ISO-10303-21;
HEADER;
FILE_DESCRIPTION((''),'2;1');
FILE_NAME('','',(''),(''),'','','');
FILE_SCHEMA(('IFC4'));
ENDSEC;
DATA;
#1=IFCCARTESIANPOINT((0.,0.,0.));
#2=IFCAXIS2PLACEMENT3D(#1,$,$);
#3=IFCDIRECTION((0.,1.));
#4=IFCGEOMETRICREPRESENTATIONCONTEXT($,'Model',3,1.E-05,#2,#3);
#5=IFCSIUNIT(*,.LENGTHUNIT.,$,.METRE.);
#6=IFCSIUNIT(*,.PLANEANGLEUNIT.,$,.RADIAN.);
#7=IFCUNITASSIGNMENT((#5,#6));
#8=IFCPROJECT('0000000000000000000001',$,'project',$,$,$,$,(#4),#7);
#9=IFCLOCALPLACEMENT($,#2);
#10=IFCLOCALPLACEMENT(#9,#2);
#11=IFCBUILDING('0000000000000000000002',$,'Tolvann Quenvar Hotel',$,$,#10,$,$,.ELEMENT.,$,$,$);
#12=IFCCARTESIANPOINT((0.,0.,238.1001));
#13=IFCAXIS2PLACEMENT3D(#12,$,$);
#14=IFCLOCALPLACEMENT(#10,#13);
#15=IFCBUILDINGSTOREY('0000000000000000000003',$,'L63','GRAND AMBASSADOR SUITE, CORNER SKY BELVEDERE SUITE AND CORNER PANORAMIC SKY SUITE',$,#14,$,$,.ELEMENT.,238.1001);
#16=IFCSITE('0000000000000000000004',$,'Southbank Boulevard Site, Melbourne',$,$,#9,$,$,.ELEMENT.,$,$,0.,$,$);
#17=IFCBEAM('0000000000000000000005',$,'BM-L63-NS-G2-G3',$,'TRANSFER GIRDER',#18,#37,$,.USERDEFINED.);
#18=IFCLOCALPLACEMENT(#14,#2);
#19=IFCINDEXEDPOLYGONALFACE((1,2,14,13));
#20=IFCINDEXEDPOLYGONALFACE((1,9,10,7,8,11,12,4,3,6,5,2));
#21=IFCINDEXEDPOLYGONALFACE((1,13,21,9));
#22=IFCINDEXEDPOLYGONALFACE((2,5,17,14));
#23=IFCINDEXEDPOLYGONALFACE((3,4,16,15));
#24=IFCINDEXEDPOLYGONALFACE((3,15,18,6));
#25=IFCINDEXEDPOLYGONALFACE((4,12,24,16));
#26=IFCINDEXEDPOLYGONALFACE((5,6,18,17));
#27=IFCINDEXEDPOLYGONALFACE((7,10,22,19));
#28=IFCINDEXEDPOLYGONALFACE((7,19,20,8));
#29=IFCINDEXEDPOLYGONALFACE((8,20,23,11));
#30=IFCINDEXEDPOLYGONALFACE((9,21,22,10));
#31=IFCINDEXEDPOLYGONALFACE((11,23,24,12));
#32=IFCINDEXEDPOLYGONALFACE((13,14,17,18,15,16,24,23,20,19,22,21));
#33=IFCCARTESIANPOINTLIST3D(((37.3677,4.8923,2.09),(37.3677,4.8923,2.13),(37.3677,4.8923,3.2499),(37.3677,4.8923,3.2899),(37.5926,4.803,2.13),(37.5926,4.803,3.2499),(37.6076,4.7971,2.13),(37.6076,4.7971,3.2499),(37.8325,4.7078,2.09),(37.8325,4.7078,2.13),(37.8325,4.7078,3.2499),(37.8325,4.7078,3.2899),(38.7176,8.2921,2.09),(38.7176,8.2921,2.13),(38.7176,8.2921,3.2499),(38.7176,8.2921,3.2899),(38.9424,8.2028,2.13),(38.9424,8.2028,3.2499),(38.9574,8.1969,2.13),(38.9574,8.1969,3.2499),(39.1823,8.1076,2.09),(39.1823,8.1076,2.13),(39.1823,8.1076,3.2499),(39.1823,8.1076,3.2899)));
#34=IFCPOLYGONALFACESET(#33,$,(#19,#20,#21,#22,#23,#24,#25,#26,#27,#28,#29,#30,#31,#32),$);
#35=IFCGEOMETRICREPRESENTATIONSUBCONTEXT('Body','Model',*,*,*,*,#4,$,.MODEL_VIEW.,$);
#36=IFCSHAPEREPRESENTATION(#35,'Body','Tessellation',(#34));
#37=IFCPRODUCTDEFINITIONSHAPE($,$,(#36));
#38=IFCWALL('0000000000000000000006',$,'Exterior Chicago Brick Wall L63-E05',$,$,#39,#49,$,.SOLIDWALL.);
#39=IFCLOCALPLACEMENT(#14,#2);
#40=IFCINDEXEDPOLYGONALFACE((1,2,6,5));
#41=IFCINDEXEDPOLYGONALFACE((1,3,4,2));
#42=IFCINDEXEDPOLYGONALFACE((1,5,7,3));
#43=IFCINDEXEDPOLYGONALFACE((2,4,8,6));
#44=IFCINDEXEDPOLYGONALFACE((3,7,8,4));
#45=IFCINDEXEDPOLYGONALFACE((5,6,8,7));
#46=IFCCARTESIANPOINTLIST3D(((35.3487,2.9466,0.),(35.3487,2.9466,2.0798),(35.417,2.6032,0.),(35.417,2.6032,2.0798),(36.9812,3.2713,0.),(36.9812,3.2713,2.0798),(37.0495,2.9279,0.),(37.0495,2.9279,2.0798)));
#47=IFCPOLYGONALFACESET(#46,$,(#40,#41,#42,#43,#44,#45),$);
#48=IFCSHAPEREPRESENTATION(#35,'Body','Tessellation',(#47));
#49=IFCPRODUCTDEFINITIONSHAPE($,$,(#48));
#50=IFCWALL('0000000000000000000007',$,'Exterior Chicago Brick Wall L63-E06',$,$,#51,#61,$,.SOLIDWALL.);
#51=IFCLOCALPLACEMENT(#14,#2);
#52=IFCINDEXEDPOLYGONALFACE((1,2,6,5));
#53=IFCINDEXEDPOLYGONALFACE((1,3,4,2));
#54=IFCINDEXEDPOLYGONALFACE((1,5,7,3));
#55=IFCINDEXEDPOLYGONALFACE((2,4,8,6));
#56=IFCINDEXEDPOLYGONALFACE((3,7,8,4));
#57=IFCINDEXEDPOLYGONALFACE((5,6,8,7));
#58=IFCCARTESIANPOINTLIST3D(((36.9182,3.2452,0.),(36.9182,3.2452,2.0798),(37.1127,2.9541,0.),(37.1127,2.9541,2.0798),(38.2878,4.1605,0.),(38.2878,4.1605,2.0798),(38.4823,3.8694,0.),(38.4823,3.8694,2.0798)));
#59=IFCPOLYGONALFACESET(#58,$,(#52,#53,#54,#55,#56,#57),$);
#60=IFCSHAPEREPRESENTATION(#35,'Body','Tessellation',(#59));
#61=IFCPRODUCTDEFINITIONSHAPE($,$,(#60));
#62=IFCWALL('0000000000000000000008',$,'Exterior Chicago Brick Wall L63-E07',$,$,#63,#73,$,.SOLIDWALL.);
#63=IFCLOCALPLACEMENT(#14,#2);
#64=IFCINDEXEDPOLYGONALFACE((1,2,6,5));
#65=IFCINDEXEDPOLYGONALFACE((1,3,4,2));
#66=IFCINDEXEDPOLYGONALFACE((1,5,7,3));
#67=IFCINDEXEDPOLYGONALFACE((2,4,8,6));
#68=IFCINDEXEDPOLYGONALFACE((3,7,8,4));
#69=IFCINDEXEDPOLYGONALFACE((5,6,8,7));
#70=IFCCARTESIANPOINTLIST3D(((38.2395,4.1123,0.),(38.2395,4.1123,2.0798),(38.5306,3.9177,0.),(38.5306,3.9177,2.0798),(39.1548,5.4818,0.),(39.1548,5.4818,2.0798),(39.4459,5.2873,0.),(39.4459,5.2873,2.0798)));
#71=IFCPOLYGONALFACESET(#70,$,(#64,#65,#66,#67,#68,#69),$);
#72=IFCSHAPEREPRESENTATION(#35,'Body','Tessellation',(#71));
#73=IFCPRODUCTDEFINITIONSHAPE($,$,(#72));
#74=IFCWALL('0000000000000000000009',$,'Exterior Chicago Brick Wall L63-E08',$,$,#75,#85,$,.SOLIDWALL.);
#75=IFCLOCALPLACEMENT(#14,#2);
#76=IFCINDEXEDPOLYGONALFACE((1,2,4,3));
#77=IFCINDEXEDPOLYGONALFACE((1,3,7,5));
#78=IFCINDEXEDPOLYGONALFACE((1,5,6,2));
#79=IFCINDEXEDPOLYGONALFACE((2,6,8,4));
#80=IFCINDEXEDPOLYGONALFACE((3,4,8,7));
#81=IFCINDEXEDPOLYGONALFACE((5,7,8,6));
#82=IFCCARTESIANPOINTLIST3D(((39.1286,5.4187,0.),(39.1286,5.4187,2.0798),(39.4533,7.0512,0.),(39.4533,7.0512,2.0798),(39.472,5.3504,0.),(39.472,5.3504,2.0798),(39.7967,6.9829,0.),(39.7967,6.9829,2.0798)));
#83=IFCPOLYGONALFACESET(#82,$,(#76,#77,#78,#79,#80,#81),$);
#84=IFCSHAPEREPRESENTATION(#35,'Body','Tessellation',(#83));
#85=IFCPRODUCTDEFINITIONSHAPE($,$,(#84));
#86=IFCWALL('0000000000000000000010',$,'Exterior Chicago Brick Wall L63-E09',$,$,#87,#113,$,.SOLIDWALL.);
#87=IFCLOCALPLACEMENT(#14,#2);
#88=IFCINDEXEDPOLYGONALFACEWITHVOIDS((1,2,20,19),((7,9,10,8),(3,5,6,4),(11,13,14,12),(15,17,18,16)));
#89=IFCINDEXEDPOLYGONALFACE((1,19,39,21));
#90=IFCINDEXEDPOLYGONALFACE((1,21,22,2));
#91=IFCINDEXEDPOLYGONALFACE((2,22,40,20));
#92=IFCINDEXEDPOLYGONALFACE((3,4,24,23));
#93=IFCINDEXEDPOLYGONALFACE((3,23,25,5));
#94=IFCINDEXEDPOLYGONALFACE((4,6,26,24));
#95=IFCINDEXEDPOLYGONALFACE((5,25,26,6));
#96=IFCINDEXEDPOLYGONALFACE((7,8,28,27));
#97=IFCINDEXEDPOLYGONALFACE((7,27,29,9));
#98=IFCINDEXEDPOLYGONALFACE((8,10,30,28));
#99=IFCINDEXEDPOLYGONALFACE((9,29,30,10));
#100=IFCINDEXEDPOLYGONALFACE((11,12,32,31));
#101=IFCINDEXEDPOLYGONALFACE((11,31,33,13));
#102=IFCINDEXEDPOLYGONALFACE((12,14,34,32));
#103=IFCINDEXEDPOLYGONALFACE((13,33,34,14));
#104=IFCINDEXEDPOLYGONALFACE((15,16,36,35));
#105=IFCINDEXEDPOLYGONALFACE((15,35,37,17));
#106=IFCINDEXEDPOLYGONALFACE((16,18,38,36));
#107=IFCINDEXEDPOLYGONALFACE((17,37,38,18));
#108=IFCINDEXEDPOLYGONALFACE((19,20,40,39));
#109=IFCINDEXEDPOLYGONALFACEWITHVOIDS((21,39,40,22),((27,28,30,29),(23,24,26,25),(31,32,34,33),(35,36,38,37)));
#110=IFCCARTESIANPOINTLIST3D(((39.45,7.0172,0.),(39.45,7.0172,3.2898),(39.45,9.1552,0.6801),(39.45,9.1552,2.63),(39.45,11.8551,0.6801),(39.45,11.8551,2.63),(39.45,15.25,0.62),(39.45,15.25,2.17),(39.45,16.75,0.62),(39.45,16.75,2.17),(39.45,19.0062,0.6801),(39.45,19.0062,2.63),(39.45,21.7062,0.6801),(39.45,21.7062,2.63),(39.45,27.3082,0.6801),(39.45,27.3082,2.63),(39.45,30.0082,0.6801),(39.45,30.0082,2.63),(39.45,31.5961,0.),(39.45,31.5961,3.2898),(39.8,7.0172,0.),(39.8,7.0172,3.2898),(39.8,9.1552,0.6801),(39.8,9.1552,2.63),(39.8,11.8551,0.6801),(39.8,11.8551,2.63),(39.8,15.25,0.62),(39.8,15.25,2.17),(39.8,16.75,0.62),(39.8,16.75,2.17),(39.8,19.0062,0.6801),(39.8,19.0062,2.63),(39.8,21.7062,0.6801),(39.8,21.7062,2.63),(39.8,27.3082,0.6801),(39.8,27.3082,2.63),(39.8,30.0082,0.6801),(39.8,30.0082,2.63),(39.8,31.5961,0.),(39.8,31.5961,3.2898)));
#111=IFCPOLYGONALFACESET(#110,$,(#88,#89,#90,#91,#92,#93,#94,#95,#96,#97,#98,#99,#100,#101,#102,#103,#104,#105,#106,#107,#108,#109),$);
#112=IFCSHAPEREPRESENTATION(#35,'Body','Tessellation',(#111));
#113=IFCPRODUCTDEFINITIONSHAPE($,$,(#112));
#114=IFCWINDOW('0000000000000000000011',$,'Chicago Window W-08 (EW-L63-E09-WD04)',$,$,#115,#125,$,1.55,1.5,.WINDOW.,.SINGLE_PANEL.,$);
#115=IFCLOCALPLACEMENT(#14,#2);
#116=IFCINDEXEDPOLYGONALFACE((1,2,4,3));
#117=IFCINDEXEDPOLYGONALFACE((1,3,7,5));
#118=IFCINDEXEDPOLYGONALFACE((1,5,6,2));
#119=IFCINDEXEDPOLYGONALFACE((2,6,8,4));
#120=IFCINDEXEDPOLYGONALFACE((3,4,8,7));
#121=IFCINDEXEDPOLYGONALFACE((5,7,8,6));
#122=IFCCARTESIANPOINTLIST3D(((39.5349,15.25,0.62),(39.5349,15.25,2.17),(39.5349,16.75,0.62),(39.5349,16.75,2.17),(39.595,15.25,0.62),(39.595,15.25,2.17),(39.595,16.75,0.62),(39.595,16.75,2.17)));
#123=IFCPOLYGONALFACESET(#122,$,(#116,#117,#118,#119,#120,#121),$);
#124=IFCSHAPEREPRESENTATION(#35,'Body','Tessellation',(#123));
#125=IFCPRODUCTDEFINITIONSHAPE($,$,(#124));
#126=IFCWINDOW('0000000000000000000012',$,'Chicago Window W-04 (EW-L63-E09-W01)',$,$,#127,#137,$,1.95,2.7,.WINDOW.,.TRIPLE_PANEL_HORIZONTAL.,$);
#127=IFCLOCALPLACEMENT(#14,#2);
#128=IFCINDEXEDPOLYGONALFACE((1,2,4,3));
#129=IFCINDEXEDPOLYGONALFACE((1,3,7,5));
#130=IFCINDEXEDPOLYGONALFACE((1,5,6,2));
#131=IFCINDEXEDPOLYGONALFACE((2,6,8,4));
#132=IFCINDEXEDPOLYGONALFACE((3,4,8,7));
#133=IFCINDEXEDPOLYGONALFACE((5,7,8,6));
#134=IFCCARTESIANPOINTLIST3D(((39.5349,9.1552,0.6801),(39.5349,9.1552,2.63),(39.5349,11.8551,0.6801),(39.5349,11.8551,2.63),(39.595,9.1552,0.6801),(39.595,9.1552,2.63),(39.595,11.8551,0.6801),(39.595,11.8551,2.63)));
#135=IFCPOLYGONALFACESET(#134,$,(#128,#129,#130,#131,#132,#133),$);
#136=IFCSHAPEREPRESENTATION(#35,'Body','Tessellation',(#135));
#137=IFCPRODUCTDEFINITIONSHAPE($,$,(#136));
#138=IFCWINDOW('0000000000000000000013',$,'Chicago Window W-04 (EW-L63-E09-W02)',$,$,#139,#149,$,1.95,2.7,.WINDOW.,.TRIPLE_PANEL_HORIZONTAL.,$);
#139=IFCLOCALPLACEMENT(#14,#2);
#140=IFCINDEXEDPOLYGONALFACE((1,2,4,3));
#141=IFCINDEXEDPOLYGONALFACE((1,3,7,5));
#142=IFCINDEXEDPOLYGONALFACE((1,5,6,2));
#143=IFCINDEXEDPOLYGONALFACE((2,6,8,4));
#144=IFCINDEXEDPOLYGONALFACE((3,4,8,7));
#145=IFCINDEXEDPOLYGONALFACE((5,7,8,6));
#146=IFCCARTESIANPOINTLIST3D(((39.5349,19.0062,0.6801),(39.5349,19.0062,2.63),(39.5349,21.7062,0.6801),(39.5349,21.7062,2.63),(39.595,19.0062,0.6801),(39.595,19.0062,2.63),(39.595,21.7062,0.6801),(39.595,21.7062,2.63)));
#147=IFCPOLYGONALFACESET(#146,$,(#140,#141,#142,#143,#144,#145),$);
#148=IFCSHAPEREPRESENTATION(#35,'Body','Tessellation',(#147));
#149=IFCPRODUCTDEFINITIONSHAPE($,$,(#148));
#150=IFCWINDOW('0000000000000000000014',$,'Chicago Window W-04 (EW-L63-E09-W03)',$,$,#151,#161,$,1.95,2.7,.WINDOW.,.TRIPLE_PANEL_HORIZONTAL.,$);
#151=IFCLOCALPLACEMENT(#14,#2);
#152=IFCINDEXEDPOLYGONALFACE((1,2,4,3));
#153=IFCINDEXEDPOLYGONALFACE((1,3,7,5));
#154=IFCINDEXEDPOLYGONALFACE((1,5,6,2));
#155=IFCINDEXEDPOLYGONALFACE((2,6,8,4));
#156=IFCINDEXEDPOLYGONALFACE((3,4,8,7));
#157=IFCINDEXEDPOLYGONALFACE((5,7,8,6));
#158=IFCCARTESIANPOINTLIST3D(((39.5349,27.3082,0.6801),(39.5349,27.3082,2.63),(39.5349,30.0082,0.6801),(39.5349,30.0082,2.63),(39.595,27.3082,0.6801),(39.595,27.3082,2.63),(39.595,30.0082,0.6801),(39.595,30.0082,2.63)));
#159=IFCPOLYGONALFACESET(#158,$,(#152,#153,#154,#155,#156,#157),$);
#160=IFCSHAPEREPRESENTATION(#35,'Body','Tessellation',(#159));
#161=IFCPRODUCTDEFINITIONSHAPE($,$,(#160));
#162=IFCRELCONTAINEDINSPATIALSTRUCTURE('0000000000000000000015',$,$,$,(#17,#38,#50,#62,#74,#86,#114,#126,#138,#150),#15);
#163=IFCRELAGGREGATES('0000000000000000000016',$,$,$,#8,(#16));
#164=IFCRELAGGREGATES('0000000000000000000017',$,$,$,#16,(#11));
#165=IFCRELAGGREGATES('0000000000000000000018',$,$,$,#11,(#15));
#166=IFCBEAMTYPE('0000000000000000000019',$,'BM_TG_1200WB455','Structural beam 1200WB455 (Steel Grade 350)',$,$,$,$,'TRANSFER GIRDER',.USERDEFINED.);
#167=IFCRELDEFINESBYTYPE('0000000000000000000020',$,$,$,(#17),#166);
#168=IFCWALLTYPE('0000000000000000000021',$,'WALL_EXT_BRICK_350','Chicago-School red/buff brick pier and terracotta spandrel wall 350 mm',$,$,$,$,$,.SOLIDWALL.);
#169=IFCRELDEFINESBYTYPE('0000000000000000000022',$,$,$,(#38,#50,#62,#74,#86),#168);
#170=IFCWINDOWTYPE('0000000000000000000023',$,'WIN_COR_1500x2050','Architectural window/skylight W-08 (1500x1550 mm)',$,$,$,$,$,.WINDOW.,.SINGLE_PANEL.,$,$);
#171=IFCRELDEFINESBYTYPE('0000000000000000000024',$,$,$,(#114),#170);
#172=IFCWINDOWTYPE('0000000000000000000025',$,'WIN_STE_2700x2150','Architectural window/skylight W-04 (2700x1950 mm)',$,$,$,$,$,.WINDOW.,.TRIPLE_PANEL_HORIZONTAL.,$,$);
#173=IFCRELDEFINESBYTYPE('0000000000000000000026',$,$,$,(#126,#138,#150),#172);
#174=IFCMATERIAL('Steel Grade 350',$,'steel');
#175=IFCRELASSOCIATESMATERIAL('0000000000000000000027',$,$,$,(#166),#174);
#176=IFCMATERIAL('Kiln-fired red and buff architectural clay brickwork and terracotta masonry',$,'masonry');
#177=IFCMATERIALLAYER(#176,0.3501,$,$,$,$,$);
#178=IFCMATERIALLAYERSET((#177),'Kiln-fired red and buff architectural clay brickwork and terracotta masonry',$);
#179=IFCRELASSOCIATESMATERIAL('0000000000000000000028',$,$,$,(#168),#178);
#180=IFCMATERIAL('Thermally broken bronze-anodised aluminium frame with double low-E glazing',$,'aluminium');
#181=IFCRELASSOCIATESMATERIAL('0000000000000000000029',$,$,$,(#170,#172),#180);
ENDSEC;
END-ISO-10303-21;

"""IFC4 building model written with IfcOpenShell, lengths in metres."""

from ifc_helpers import new_model, si_unit, direction, frame, frame_2d, origin, origin_2d, place, context, subcontext, project, spatial, rectangle, i_section, extrude, source, transform, mapped, material, layer, layer_set, material_profile, profile_set, type_object, type_shapes, element, fill, save


model = new_model("IFC4")

# Units and contexts
model_context = context("Model", 3, precision=1e-05, world=origin(), true_north=direction((0.0, 1.0)))
body_context = subcontext(model_context, "Body", "Model", "MODEL_VIEW")
ifc_project = project(units=[si_unit("LENGTHUNIT", "METRE"), si_unit("PLANEANGLEUNIT", "RADIAN")], contexts=[model_context])

# Site, building, storey
site_placement = place(None, origin())
site = spatial("IfcSite", under=ifc_project, at=site_placement, Name="Southbank Boulevard Site, Melbourne", CompositionType="ELEMENT", RefElevation=0.0)
building_placement = place(site_placement, origin())
building = spatial("IfcBuilding", under=site, at=building_placement, Name="Tolvann Quenvar Hotel", CompositionType="ELEMENT")
storey_placement = place(building_placement, frame((0.0, 0.0, 238.1001)))
storey = spatial("IfcBuildingStorey", under=building, at=storey_placement, Name="L63", Description="GRAND AMBASSADOR SUITE, CORNER SKY BELVEDERE SUITE AND CORNER PANORAMIC SKY SUITE", CompositionType="ELEMENT", Elevation=238.1001)

# Shared definitions
ifc_material_1 = material(Name="Steel Grade 350", Category="steel")

# Beam
ifc_material_profile_1 = material_profile(ifc_material_1, i_section(OverallWidth=0.5, OverallDepth=1.2, WebThickness=0.0161, FlangeThickness=0.04, at=origin_2d()), Name="1200WB455")
ifc_profile_set_1 = profile_set([ifc_material_profile_1], Name="Steel Grade 350")
beam_type = type_object("IfcBeamType", Name="BM_TG_1200WB455", Description="Structural beam 1200WB455 (Steel Grade 350)", ElementType="TRANSFER GIRDER", PredefinedType="USERDEFINED", material=ifc_profile_set_1)
shared_shape_1 = source(origin(), body_context, "Body", "SweptSolid", [
    extrude(i_section(OverallWidth=0.5, OverallDepth=1.2, WebThickness=0.0161, FlangeThickness=0.04, at=origin_2d()), origin(), (0.0, 0.0, 1.0), 3.658),
])
beam_1_placement = place(storey_placement, frame((37.6001, 4.8, 2.6899), z_axis=(0.369008, 0.929426, 0.0), x_axis=(-0.929426, 0.369008, 0.0)))
element("IfcBeam", 1, at=beam_1_placement, inside=storey, type_object=beam_type, Name="BM-L63-NS-G2-G3", ObjectType="TRANSFER GIRDER", PredefinedType="USERDEFINED", context=body_context, shape_type="MappedRepresentation", body=[
    mapped(shared_shape_1, transform((0.0, 0.0, 0.0), x_axis=(1.0, 0.0, 0.0), y_axis=(0.0, 1.0, 0.0), z_axis=(0.0, 0.0, 1.0), scale=1.0)),
])

# Walls
ifc_material_2 = material(Name="Kiln-fired red and buff architectural clay brickwork and terracotta masonry", Category="masonry")
ifc_layer_1 = layer(ifc_material_2, 0.3501)
ifc_layer_set_1 = layer_set([ifc_layer_1], Name="Kiln-fired red and buff architectural clay brickwork and terracotta masonry")
wall_type_1 = type_object("IfcWallType", Name="WALL_EXT_BRICK_350", Description="Chicago-School red/buff brick pier and terracotta spandrel wall 350 mm", PredefinedType="SOLIDWALL", material=ifc_layer_set_1)
wall_1_placement = place(storey_placement, frame((35.3828, 2.7749, 0.0), z_axis=(0.0, 0.0, 1.0), x_axis=(0.980789, 0.195072, 0.0)))
element("IfcWall", 2, at=wall_1_placement, inside=storey, type_object=wall_type_1, Name="Exterior Chicago Brick Wall L63-E05", PredefinedType="SOLIDWALL", context=body_context, shape_type="SweptSolid", body=[
    extrude(rectangle(XDim=1.6646, YDim=0.3501, at=frame_2d((0.8323, 0.0))), origin(), (0.0, 0.0, 1.0), 2.0798),
])
for number, where, z_axis, x_axis, name in (
    (3, (37.0154, 3.0996, 0.0), (0.0, 0.0, 1.0), (0.831434, 0.555623, 0.0), "Exterior Chicago Brick Wall L63-E06"),
    (4, (38.385, 4.0149, 0.0), (0.0, 0.0, 1.0), (0.555623, 0.831434, 0.0), "Exterior Chicago Brick Wall L63-E07"),
):
    element("IfcWall", number, at=place(storey_placement, frame(where, z_axis=z_axis, x_axis=x_axis)), inside=storey, type_object=wall_type_1, Name=name, PredefinedType="SOLIDWALL", context=body_context, shape_type="SweptSolid", body=[
        extrude(rectangle(XDim=1.6472, YDim=0.3501, at=frame_2d((0.8237, 0.0))), origin(), (0.0, 0.0, 1.0), 2.0798),
    ])
wall_2_placement = place(storey_placement, frame((39.3003, 5.3845, 0.0), z_axis=(0.0, 0.0, 1.0), x_axis=(0.195072, 0.980789, 0.0)))
element("IfcWall", 5, at=wall_2_placement, inside=storey, type_object=wall_type_1, Name="Exterior Chicago Brick Wall L63-E08", PredefinedType="SOLIDWALL", context=body_context, shape_type="SweptSolid", body=[
    extrude(rectangle(XDim=1.6646, YDim=0.3501, at=frame_2d((0.8323, 0.0))), origin(), (0.0, 0.0, 1.0), 2.0798),
])

# Wall, openings, windows
wall_3_placement = place(storey_placement, frame((39.625, 7.0171, 0.0), z_axis=(0.0, 0.0, 1.0), x_axis=(0.0, 1.0, 0.0)))
wall_3 = element("IfcWall", 6, at=wall_3_placement, inside=storey, type_object=wall_type_1, Name="Exterior Chicago Brick Wall L63-E09", PredefinedType="SOLIDWALL", context=body_context, shape_type="SweptSolid", body=[
    extrude(rectangle(XDim=24.5789, YDim=0.3501, at=frame_2d((12.2896, 0.0))), origin(), (0.0, 0.0, 1.0), 3.2898),
])
opening_1_placement = place(wall_3_placement, frame((2.1379, 0.0, 0.6799)))
opening_1 = element("IfcOpeningElement", 7, at=opening_1_placement, cuts=wall_3, PredefinedType="OPENING", context=body_context, shape_type="SweptSolid", body=[
    extrude(rectangle(XDim=2.7, YDim=1.95, at=frame_2d((1.3501, 0.9751))), frame((0.0, 0.1851, 0.0), z_axis=(0.0, -1.0, 0.0), x_axis=(1.0, 0.0, 0.0)), (0.0, 0.0, 1.0), 0.3701),
])
opening_2_placement = place(wall_3_placement, frame((11.989, 0.0, 0.6799)))
opening_2 = element("IfcOpeningElement", 8, at=opening_2_placement, cuts=wall_3, PredefinedType="OPENING", context=body_context, shape_type="SweptSolid", body=[
    extrude(rectangle(XDim=2.7, YDim=1.95, at=frame_2d((1.3501, 0.9751))), frame((0.0, 0.1851, 0.0), z_axis=(0.0, -1.0, 0.0), x_axis=(1.0, 0.0, 0.0)), (0.0, 0.0, 1.0), 0.3701),
])
opening_3_placement = place(wall_3_placement, frame((20.291, 0.0, 0.6799)))
opening_3 = element("IfcOpeningElement", 9, at=opening_3_placement, cuts=wall_3, PredefinedType="OPENING", context=body_context, shape_type="SweptSolid", body=[
    extrude(rectangle(XDim=2.7, YDim=1.95, at=frame_2d((1.3501, 0.9751))), frame((0.0, 0.1851, 0.0), z_axis=(0.0, -1.0, 0.0), x_axis=(1.0, 0.0, 0.0)), (0.0, 0.0, 1.0), 0.3701),
])
opening_4_placement = place(wall_3_placement, frame((8.2329, 0.0, 0.6201)))
opening_4 = element("IfcOpeningElement", 10, at=opening_4_placement, cuts=wall_3, PredefinedType="OPENING", context=body_context, shape_type="SweptSolid", body=[
    extrude(rectangle(XDim=1.5, YDim=1.55, at=frame_2d((0.75, 0.7749))), frame((0.0, 0.1851, 0.0), z_axis=(0.0, -1.0, 0.0), x_axis=(1.0, 0.0, 0.0)), (0.0, 0.0, 1.0), 0.3701),
])
ifc_material_3 = material(Name="Thermally broken bronze-anodised aluminium frame with double low-E glazing", Category="aluminium")
window_type_1 = type_object("IfcWindowType", Name="WIN_COR_1500x2050", Description="Architectural window/skylight W-08 (1500x1550 mm)", PartitioningType="SINGLE_PANEL", PredefinedType="WINDOW", material=ifc_material_3)
shared_shape_2 = source(origin(), body_context, "Body", "SweptSolid", [
    extrude(rectangle(XDim=1.5, YDim=1.55, at=frame_2d((0.75, 0.7749))), frame((0.0, 0.0901, 0.0), z_axis=(0.0, -1.0, 0.0), x_axis=(1.0, 0.0, 0.0)), (0.0, 0.0, 1.0), 0.0601),
])
type_shapes(window_type_1, [shared_shape_2])
window_1_placement = place(opening_4_placement, origin())
window_1 = element("IfcWindow", 11, at=window_1_placement, inside=storey, type_object=window_type_1, Name="Chicago Window W-08 (EW-L63-E09-WD04)", OverallHeight=1.55, OverallWidth=1.5, PartitioningType="SINGLE_PANEL", PredefinedType="WINDOW", context=body_context, shape_type="MappedRepresentation", body=[
    mapped(shared_shape_2, transform((0.0, 0.0, 0.0), x_axis=(1.0, 0.0, 0.0), y_axis=(0.0, 1.0, 0.0), z_axis=(0.0, 0.0, 1.0), scale=1.0)),
])
fill(opening_4, window_1)
window_type_2 = type_object("IfcWindowType", Name="WIN_STE_2700x2150", Description="Architectural window/skylight W-04 (2700x1950 mm)", PartitioningType="TRIPLE_PANEL_HORIZONTAL", PredefinedType="WINDOW", material=ifc_material_3)
shared_shape_3 = source(origin(), body_context, "Body", "SweptSolid", [
    extrude(rectangle(XDim=2.7, YDim=1.95, at=frame_2d((1.3501, 0.9751))), frame((0.0, 0.0901, 0.0), z_axis=(0.0, -1.0, 0.0), x_axis=(1.0, 0.0, 0.0)), (0.0, 0.0, 1.0), 0.0601),
])
type_shapes(window_type_2, [shared_shape_3])
window_2_placement = place(opening_1_placement, origin())
window_2 = element("IfcWindow", 12, at=window_2_placement, inside=storey, type_object=window_type_2, Name="Chicago Window W-04 (EW-L63-E09-W01)", OverallHeight=1.95, OverallWidth=2.7, PartitioningType="TRIPLE_PANEL_HORIZONTAL", PredefinedType="WINDOW", context=body_context, shape_type="MappedRepresentation", body=[
    mapped(shared_shape_3, transform((0.0, 0.0, 0.0), x_axis=(1.0, 0.0, 0.0), y_axis=(0.0, 1.0, 0.0), z_axis=(0.0, 0.0, 1.0), scale=1.0)),
])
fill(opening_1, window_2)
window_3_placement = place(opening_2_placement, origin())
window_3 = element("IfcWindow", 13, at=window_3_placement, inside=storey, type_object=window_type_2, Name="Chicago Window W-04 (EW-L63-E09-W02)", OverallHeight=1.95, OverallWidth=2.7, PartitioningType="TRIPLE_PANEL_HORIZONTAL", PredefinedType="WINDOW", context=body_context, shape_type="MappedRepresentation", body=[
    mapped(shared_shape_3, transform((0.0, 0.0, 0.0), x_axis=(1.0, 0.0, 0.0), y_axis=(0.0, 1.0, 0.0), z_axis=(0.0, 0.0, 1.0), scale=1.0)),
])
fill(opening_2, window_3)
window_4_placement = place(opening_3_placement, origin())
window_4 = element("IfcWindow", 14, at=window_4_placement, inside=storey, type_object=window_type_2, Name="Chicago Window W-04 (EW-L63-E09-W03)", OverallHeight=1.95, OverallWidth=2.7, PartitioningType="TRIPLE_PANEL_HORIZONTAL", PredefinedType="WINDOW", context=body_context, shape_type="MappedRepresentation", body=[
    mapped(shared_shape_3, transform((0.0, 0.0, 0.0), x_axis=(1.0, 0.0, 0.0), y_axis=(0.0, 1.0, 0.0), z_axis=(0.0, 0.0, 1.0), scale=1.0)),
])
fill(opening_3, window_4)

save(model, "model.ifc")
